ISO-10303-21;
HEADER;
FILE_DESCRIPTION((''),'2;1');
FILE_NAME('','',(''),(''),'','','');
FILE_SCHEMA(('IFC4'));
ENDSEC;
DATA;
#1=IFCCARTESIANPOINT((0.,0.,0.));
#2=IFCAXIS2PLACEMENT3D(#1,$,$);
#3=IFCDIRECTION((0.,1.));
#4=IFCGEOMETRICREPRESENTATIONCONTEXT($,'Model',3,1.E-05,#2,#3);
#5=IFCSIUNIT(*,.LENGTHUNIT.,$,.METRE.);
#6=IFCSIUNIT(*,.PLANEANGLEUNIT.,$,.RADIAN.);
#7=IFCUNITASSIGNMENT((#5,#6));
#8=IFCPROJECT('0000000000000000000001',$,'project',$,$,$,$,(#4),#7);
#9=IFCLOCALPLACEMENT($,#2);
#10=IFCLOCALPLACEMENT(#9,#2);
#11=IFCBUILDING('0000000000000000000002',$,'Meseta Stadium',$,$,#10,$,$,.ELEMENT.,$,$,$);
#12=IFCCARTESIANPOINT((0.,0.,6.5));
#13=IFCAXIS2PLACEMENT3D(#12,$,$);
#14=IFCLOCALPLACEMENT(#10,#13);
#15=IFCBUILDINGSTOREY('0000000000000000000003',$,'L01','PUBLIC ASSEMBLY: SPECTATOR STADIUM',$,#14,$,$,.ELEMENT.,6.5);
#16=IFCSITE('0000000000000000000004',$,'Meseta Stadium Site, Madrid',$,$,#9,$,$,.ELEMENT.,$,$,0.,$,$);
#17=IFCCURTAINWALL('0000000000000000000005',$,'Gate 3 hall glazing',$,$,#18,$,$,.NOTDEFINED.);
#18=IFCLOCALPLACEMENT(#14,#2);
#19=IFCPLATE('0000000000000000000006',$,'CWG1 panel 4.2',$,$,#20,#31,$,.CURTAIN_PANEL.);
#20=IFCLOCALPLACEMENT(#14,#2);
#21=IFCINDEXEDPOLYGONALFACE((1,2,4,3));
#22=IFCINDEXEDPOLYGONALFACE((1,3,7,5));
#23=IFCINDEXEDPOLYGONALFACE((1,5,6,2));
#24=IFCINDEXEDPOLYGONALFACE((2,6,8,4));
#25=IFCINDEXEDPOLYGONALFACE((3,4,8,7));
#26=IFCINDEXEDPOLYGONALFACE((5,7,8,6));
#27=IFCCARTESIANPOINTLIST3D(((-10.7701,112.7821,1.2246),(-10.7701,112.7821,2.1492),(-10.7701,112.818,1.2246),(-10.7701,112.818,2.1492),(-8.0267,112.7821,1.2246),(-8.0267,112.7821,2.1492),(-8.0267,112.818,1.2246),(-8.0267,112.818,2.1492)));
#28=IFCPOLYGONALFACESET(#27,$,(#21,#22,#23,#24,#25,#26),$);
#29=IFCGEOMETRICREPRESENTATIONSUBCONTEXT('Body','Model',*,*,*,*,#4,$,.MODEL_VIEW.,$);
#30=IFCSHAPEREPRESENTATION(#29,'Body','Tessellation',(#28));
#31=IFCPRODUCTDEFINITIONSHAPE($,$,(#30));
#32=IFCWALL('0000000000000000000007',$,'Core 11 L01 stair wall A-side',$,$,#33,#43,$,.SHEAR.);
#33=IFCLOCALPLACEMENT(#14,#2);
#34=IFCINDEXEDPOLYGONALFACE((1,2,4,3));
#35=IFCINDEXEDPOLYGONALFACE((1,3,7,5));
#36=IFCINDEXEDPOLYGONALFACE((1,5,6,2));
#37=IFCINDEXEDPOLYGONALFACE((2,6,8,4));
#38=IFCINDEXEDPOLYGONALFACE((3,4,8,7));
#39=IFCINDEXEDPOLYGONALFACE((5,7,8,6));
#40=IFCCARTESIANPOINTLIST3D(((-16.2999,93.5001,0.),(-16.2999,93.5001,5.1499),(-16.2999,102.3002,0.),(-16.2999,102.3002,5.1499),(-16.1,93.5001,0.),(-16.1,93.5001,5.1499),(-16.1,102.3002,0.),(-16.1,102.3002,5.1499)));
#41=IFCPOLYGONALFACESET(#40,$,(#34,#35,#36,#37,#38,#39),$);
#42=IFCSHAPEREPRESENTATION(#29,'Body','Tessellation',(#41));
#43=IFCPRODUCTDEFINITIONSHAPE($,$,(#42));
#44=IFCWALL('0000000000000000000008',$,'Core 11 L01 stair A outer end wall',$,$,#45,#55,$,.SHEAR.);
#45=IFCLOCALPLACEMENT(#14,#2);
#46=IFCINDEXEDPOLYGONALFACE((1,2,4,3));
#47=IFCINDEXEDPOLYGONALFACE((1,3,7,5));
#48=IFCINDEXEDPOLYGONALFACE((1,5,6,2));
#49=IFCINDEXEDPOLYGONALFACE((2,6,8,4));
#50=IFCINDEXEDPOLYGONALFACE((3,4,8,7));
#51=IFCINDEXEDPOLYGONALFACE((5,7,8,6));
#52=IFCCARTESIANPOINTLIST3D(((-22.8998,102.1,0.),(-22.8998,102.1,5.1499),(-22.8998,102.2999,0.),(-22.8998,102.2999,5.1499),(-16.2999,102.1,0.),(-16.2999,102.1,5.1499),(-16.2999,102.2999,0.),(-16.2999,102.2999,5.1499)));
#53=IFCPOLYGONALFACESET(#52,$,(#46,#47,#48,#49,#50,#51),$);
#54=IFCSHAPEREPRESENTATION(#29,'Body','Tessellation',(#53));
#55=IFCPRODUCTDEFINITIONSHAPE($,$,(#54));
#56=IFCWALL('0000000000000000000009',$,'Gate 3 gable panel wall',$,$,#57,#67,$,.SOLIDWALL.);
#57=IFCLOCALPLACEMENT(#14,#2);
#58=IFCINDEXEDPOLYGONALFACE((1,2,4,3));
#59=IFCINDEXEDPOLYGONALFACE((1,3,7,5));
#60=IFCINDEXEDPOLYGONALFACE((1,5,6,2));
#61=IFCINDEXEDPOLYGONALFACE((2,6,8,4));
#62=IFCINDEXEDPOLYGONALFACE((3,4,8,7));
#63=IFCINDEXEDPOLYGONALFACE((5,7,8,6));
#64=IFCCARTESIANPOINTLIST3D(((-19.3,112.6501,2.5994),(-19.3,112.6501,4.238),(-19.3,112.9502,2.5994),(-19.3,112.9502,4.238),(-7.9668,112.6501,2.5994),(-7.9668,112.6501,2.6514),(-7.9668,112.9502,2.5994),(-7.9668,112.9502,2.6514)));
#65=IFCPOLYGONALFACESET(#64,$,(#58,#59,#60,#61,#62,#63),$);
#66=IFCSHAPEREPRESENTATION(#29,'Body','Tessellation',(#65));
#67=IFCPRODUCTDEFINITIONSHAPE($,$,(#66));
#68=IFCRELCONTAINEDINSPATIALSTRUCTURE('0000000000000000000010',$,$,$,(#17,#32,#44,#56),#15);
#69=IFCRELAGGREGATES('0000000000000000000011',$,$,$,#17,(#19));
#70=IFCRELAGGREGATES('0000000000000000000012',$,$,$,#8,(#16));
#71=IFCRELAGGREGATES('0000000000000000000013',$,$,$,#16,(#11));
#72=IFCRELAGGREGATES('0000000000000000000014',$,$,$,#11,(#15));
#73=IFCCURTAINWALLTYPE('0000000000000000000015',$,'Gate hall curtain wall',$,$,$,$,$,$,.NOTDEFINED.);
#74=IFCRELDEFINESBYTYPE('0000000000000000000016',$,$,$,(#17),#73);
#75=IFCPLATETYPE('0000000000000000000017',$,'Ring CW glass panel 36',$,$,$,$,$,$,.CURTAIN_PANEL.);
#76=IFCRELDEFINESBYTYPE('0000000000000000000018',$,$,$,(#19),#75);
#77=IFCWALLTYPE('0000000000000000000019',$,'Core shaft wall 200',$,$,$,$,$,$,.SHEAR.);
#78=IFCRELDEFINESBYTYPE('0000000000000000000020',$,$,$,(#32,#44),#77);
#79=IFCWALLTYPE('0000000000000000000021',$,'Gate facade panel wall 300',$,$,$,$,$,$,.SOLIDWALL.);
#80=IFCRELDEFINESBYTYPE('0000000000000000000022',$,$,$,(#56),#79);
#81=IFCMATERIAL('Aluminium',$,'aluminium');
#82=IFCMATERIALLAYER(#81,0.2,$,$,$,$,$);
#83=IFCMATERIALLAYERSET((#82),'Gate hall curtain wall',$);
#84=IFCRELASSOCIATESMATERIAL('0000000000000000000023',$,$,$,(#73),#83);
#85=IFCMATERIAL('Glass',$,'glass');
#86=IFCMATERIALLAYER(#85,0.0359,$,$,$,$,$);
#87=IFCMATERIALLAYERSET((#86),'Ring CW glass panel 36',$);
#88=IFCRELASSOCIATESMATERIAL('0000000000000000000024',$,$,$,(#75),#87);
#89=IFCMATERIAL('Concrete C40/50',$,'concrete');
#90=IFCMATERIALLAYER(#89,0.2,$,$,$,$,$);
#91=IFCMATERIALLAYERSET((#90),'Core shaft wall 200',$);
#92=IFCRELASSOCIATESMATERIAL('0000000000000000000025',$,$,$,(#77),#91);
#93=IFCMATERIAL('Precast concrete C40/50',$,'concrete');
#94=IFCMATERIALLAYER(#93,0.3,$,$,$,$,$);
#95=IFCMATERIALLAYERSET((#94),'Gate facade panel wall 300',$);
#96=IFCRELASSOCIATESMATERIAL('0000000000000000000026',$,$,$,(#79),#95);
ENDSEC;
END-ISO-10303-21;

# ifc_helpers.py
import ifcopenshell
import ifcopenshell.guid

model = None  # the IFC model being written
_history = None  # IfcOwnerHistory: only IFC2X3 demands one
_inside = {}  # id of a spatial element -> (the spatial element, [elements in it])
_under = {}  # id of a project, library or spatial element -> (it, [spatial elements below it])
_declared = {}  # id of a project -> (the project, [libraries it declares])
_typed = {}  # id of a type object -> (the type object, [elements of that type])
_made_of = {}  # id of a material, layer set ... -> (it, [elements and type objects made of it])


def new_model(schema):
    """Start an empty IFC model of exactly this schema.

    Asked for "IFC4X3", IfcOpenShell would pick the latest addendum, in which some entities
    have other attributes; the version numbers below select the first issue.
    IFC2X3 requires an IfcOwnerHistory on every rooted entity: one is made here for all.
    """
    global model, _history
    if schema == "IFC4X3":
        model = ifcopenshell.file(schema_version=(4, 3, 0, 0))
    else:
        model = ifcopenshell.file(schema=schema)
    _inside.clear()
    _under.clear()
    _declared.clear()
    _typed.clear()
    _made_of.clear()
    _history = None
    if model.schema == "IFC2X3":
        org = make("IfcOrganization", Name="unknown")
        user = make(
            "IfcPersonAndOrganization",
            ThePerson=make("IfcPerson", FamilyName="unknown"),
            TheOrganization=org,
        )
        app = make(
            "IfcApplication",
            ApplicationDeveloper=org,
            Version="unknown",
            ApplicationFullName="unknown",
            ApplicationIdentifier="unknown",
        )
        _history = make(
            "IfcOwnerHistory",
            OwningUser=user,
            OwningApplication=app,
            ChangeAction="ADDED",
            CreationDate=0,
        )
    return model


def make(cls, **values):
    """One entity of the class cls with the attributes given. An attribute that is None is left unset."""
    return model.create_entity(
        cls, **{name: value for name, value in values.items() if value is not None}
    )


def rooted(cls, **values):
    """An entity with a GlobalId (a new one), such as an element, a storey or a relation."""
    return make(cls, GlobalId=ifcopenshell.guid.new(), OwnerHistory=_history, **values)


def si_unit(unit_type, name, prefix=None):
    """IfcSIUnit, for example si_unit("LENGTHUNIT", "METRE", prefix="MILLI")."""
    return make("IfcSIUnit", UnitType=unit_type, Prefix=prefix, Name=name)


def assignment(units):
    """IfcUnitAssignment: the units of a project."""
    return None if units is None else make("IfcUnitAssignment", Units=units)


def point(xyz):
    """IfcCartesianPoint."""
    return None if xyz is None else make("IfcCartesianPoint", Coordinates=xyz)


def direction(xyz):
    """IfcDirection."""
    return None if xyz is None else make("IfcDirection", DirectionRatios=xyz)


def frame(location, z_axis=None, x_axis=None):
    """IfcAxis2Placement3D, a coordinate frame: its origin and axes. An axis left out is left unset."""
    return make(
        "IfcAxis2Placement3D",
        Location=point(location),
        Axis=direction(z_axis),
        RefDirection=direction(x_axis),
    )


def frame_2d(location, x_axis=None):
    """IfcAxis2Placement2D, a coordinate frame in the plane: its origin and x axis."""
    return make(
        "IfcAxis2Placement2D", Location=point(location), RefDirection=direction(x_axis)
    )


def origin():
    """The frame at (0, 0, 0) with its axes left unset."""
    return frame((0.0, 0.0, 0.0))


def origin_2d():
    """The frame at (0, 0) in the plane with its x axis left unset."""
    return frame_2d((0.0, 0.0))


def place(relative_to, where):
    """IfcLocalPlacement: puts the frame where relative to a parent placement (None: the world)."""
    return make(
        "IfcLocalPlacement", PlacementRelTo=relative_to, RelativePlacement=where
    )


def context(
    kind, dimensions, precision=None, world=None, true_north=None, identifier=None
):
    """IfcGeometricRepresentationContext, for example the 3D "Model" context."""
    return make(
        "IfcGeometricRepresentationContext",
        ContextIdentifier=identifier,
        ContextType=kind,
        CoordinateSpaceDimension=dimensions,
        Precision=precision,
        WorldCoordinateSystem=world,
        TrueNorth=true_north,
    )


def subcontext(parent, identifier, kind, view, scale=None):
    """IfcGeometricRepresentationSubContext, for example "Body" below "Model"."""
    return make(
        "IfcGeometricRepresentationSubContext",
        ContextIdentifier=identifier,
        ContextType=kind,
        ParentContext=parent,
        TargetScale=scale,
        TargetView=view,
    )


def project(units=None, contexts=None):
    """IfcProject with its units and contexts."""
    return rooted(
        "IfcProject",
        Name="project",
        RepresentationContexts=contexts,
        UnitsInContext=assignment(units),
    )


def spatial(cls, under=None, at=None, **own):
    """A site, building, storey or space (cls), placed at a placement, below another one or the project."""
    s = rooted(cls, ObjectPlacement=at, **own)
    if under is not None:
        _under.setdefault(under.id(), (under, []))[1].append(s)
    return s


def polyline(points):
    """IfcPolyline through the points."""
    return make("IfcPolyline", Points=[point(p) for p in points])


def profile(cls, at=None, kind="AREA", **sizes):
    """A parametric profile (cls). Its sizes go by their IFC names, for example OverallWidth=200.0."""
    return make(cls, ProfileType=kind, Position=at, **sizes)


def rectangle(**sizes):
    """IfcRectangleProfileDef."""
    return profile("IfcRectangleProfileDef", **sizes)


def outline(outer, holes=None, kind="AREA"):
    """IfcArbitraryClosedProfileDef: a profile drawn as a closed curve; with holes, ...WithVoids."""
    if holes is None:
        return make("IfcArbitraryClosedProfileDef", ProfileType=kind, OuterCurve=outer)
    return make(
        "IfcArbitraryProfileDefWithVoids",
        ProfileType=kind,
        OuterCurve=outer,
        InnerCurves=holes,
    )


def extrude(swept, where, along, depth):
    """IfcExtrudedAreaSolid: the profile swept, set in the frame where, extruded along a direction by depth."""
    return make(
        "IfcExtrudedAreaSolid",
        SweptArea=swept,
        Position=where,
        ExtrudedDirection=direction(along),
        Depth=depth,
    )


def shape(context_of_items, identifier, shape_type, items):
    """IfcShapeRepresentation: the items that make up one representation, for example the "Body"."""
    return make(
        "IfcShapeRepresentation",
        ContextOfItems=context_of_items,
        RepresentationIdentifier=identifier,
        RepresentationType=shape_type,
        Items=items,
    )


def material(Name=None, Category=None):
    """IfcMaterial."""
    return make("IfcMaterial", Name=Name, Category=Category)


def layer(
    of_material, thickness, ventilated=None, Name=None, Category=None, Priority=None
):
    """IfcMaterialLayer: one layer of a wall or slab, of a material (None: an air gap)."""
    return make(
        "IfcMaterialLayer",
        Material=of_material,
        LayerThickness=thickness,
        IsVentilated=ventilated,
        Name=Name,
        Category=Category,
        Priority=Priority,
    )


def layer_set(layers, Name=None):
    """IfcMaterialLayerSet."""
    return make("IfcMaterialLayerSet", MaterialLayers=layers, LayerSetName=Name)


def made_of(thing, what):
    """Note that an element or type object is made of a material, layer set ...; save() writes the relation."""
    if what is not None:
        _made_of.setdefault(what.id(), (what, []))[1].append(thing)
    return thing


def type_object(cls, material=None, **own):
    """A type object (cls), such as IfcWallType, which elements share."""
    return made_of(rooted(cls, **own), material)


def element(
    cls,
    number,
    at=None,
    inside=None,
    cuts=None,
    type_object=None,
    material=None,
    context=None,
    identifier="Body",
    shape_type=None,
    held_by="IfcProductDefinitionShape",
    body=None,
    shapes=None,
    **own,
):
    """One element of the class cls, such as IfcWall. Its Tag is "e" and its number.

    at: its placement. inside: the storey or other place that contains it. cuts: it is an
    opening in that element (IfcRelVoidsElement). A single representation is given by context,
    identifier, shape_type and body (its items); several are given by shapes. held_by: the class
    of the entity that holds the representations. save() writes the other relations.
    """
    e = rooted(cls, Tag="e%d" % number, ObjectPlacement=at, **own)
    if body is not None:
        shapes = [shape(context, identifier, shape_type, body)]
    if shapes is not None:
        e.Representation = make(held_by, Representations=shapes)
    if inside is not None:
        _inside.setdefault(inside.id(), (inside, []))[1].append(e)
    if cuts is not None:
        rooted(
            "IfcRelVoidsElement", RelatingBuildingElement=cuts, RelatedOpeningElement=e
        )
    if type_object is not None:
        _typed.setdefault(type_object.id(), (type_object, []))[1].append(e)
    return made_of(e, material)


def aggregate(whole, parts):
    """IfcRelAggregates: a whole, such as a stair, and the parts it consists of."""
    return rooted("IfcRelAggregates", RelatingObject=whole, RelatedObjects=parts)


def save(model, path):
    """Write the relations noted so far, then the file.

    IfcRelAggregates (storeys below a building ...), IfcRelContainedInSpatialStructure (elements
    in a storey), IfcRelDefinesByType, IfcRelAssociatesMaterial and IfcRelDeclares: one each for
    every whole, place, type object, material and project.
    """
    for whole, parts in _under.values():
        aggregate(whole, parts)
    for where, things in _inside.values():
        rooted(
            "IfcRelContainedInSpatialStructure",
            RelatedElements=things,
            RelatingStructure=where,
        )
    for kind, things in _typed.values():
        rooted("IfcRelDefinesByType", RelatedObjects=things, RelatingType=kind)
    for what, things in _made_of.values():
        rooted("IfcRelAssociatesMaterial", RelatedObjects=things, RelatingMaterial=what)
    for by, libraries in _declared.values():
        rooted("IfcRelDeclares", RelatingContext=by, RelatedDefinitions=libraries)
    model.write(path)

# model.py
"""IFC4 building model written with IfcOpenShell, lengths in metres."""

from ifc_helpers import new_model, si_unit, direction, frame, frame_2d, origin, origin_2d, place, context, subcontext, project, spatial, polyline, rectangle, outline, extrude, material, layer, layer_set, type_object, element, aggregate, save


model = new_model("IFC4")

# Units and contexts
model_context = context("Model", 3, precision=1e-05, world=origin(), true_north=direction((0.0, 1.0)))
body_context = subcontext(model_context, "Body", "Model", "MODEL_VIEW")
ifc_project = project(units=[si_unit("LENGTHUNIT", "METRE"), si_unit("PLANEANGLEUNIT", "RADIAN")], contexts=[model_context])

# Site, building, storey
site_placement = place(None, origin())
site = spatial("IfcSite", under=ifc_project, at=site_placement, Name="Meseta Stadium Site, Madrid", CompositionType="ELEMENT", RefElevation=0.0)
building_placement = place(site_placement, origin())
building = spatial("IfcBuilding", under=site, at=building_placement, Name="Meseta Stadium", CompositionType="ELEMENT")
storey_placement = place(building_placement, frame((0.0, 0.0, 6.5)))
storey = spatial("IfcBuildingStorey", under=building, at=storey_placement, Name="L01", Description="PUBLIC ASSEMBLY: SPECTATOR STADIUM", CompositionType="ELEMENT", Elevation=6.5)

# Curtain wall, plate
ifc_material_1 = material(Name="Aluminium", Category="aluminium")
ifc_layer_1 = layer(ifc_material_1, 0.2)
ifc_layer_set_1 = layer_set([ifc_layer_1], Name="Gate hall curtain wall")
curtain_wall_type = type_object("IfcCurtainWallType", Name="Gate hall curtain wall", PredefinedType="NOTDEFINED", material=ifc_layer_set_1)
curtain_wall_placement = place(storey_placement, origin())
curtain_wall = element("IfcCurtainWall", 1, at=curtain_wall_placement, inside=storey, type_object=curtain_wall_type, Name="Gate 3 hall glazing", PredefinedType="NOTDEFINED")
ifc_material_2 = material(Name="Glass", Category="glass")
ifc_layer_2 = layer(ifc_material_2, 0.0359)
ifc_layer_set_2 = layer_set([ifc_layer_2], Name="Ring CW glass panel 36")
plate_type = type_object("IfcPlateType", Name="Ring CW glass panel 36", PredefinedType="CURTAIN_PANEL", material=ifc_layer_set_2)
plate_1_placement = place(storey_placement, frame((-9.3984, 112.8, 1.2246), z_axis=(0.0, 0.0, 1.0), x_axis=(1.0, 0.0, 0.0)))
plate_1 = element("IfcPlate", 2, at=plate_1_placement, type_object=plate_type, Name="CWG1 panel 4.2", PredefinedType="CURTAIN_PANEL", context=body_context, shape_type="SweptSolid", body=[
    extrude(rectangle(XDim=2.7434, YDim=0.0359, at=origin_2d()), origin(), (0.0, 0.0, 1.0), 0.9246),
])
aggregate(curtain_wall, [plate_1])

# Walls
ifc_material_3 = material(Name="Concrete C40/50", Category="concrete")
ifc_layer_3 = layer(ifc_material_3, 0.2)
ifc_layer_set_3 = layer_set([ifc_layer_3], Name="Core shaft wall 200")
wall_type_1 = type_object("IfcWallType", Name="Core shaft wall 200", PredefinedType="SHEAR", material=ifc_layer_set_3)
wall_1_placement = place(storey_placement, frame((-16.2, 102.3, 0.0), z_axis=(0.0, 0.0, 1.0), x_axis=(0.0, -1.0, 0.0)))
element("IfcWall", 3, at=wall_1_placement, inside=storey, type_object=wall_type_1, Name="Core 11 L01 stair wall A-side", PredefinedType="SHEAR", context=body_context, shape_type="SweptSolid", body=[
    extrude(rectangle(XDim=8.8, YDim=0.2, at=frame_2d((4.3999, 0.0))), origin(), (0.0, 0.0, 1.0), 5.1499),
])
wall_2_placement = place(storey_placement, frame((-16.3, 102.2, 0.0), z_axis=(0.0, 0.0, 1.0), x_axis=(-1.0, 0.0, 0.0)))
element("IfcWall", 4, at=wall_2_placement, inside=storey, type_object=wall_type_1, Name="Core 11 L01 stair A outer end wall", PredefinedType="SHEAR", context=body_context, shape_type="SweptSolid", body=[
    extrude(rectangle(XDim=6.5999, YDim=0.2, at=frame_2d((3.2998, 0.0))), origin(), (0.0, 0.0, 1.0), 5.1499),
])
ifc_material_4 = material(Name="Precast concrete C40/50", Category="concrete")
ifc_layer_4 = layer(ifc_material_4, 0.3)
ifc_layer_set_4 = layer_set([ifc_layer_4], Name="Gate facade panel wall 300")
wall_type_2 = type_object("IfcWallType", Name="Gate facade panel wall 300", PredefinedType="SOLIDWALL", material=ifc_layer_set_4)
wall_3_placement = place(storey_placement, frame((-7.9668, 112.8, 2.5994), z_axis=(0.0, 0.0, 1.0), x_axis=(-1.0, 0.0, 0.0)))
element("IfcWall", 5, at=wall_3_placement, inside=storey, type_object=wall_type_2, Name="Gate 3 gable panel wall", PredefinedType="SOLIDWALL", context=body_context, shape_type="SweptSolid", body=[
    extrude(outline(polyline([(0.0, 0.0), (11.3333, 0.0), (11.3333, 1.6387), (0.0, 0.052), (0.0, 0.0)])), frame((0.0, 0.1499, 0.0), z_axis=(0.0, -1.0, 0.0), x_axis=(1.0, 0.0, 0.0)), (0.0, 0.0, 1.0), 0.3),
])

save(model, "model.ifc")
